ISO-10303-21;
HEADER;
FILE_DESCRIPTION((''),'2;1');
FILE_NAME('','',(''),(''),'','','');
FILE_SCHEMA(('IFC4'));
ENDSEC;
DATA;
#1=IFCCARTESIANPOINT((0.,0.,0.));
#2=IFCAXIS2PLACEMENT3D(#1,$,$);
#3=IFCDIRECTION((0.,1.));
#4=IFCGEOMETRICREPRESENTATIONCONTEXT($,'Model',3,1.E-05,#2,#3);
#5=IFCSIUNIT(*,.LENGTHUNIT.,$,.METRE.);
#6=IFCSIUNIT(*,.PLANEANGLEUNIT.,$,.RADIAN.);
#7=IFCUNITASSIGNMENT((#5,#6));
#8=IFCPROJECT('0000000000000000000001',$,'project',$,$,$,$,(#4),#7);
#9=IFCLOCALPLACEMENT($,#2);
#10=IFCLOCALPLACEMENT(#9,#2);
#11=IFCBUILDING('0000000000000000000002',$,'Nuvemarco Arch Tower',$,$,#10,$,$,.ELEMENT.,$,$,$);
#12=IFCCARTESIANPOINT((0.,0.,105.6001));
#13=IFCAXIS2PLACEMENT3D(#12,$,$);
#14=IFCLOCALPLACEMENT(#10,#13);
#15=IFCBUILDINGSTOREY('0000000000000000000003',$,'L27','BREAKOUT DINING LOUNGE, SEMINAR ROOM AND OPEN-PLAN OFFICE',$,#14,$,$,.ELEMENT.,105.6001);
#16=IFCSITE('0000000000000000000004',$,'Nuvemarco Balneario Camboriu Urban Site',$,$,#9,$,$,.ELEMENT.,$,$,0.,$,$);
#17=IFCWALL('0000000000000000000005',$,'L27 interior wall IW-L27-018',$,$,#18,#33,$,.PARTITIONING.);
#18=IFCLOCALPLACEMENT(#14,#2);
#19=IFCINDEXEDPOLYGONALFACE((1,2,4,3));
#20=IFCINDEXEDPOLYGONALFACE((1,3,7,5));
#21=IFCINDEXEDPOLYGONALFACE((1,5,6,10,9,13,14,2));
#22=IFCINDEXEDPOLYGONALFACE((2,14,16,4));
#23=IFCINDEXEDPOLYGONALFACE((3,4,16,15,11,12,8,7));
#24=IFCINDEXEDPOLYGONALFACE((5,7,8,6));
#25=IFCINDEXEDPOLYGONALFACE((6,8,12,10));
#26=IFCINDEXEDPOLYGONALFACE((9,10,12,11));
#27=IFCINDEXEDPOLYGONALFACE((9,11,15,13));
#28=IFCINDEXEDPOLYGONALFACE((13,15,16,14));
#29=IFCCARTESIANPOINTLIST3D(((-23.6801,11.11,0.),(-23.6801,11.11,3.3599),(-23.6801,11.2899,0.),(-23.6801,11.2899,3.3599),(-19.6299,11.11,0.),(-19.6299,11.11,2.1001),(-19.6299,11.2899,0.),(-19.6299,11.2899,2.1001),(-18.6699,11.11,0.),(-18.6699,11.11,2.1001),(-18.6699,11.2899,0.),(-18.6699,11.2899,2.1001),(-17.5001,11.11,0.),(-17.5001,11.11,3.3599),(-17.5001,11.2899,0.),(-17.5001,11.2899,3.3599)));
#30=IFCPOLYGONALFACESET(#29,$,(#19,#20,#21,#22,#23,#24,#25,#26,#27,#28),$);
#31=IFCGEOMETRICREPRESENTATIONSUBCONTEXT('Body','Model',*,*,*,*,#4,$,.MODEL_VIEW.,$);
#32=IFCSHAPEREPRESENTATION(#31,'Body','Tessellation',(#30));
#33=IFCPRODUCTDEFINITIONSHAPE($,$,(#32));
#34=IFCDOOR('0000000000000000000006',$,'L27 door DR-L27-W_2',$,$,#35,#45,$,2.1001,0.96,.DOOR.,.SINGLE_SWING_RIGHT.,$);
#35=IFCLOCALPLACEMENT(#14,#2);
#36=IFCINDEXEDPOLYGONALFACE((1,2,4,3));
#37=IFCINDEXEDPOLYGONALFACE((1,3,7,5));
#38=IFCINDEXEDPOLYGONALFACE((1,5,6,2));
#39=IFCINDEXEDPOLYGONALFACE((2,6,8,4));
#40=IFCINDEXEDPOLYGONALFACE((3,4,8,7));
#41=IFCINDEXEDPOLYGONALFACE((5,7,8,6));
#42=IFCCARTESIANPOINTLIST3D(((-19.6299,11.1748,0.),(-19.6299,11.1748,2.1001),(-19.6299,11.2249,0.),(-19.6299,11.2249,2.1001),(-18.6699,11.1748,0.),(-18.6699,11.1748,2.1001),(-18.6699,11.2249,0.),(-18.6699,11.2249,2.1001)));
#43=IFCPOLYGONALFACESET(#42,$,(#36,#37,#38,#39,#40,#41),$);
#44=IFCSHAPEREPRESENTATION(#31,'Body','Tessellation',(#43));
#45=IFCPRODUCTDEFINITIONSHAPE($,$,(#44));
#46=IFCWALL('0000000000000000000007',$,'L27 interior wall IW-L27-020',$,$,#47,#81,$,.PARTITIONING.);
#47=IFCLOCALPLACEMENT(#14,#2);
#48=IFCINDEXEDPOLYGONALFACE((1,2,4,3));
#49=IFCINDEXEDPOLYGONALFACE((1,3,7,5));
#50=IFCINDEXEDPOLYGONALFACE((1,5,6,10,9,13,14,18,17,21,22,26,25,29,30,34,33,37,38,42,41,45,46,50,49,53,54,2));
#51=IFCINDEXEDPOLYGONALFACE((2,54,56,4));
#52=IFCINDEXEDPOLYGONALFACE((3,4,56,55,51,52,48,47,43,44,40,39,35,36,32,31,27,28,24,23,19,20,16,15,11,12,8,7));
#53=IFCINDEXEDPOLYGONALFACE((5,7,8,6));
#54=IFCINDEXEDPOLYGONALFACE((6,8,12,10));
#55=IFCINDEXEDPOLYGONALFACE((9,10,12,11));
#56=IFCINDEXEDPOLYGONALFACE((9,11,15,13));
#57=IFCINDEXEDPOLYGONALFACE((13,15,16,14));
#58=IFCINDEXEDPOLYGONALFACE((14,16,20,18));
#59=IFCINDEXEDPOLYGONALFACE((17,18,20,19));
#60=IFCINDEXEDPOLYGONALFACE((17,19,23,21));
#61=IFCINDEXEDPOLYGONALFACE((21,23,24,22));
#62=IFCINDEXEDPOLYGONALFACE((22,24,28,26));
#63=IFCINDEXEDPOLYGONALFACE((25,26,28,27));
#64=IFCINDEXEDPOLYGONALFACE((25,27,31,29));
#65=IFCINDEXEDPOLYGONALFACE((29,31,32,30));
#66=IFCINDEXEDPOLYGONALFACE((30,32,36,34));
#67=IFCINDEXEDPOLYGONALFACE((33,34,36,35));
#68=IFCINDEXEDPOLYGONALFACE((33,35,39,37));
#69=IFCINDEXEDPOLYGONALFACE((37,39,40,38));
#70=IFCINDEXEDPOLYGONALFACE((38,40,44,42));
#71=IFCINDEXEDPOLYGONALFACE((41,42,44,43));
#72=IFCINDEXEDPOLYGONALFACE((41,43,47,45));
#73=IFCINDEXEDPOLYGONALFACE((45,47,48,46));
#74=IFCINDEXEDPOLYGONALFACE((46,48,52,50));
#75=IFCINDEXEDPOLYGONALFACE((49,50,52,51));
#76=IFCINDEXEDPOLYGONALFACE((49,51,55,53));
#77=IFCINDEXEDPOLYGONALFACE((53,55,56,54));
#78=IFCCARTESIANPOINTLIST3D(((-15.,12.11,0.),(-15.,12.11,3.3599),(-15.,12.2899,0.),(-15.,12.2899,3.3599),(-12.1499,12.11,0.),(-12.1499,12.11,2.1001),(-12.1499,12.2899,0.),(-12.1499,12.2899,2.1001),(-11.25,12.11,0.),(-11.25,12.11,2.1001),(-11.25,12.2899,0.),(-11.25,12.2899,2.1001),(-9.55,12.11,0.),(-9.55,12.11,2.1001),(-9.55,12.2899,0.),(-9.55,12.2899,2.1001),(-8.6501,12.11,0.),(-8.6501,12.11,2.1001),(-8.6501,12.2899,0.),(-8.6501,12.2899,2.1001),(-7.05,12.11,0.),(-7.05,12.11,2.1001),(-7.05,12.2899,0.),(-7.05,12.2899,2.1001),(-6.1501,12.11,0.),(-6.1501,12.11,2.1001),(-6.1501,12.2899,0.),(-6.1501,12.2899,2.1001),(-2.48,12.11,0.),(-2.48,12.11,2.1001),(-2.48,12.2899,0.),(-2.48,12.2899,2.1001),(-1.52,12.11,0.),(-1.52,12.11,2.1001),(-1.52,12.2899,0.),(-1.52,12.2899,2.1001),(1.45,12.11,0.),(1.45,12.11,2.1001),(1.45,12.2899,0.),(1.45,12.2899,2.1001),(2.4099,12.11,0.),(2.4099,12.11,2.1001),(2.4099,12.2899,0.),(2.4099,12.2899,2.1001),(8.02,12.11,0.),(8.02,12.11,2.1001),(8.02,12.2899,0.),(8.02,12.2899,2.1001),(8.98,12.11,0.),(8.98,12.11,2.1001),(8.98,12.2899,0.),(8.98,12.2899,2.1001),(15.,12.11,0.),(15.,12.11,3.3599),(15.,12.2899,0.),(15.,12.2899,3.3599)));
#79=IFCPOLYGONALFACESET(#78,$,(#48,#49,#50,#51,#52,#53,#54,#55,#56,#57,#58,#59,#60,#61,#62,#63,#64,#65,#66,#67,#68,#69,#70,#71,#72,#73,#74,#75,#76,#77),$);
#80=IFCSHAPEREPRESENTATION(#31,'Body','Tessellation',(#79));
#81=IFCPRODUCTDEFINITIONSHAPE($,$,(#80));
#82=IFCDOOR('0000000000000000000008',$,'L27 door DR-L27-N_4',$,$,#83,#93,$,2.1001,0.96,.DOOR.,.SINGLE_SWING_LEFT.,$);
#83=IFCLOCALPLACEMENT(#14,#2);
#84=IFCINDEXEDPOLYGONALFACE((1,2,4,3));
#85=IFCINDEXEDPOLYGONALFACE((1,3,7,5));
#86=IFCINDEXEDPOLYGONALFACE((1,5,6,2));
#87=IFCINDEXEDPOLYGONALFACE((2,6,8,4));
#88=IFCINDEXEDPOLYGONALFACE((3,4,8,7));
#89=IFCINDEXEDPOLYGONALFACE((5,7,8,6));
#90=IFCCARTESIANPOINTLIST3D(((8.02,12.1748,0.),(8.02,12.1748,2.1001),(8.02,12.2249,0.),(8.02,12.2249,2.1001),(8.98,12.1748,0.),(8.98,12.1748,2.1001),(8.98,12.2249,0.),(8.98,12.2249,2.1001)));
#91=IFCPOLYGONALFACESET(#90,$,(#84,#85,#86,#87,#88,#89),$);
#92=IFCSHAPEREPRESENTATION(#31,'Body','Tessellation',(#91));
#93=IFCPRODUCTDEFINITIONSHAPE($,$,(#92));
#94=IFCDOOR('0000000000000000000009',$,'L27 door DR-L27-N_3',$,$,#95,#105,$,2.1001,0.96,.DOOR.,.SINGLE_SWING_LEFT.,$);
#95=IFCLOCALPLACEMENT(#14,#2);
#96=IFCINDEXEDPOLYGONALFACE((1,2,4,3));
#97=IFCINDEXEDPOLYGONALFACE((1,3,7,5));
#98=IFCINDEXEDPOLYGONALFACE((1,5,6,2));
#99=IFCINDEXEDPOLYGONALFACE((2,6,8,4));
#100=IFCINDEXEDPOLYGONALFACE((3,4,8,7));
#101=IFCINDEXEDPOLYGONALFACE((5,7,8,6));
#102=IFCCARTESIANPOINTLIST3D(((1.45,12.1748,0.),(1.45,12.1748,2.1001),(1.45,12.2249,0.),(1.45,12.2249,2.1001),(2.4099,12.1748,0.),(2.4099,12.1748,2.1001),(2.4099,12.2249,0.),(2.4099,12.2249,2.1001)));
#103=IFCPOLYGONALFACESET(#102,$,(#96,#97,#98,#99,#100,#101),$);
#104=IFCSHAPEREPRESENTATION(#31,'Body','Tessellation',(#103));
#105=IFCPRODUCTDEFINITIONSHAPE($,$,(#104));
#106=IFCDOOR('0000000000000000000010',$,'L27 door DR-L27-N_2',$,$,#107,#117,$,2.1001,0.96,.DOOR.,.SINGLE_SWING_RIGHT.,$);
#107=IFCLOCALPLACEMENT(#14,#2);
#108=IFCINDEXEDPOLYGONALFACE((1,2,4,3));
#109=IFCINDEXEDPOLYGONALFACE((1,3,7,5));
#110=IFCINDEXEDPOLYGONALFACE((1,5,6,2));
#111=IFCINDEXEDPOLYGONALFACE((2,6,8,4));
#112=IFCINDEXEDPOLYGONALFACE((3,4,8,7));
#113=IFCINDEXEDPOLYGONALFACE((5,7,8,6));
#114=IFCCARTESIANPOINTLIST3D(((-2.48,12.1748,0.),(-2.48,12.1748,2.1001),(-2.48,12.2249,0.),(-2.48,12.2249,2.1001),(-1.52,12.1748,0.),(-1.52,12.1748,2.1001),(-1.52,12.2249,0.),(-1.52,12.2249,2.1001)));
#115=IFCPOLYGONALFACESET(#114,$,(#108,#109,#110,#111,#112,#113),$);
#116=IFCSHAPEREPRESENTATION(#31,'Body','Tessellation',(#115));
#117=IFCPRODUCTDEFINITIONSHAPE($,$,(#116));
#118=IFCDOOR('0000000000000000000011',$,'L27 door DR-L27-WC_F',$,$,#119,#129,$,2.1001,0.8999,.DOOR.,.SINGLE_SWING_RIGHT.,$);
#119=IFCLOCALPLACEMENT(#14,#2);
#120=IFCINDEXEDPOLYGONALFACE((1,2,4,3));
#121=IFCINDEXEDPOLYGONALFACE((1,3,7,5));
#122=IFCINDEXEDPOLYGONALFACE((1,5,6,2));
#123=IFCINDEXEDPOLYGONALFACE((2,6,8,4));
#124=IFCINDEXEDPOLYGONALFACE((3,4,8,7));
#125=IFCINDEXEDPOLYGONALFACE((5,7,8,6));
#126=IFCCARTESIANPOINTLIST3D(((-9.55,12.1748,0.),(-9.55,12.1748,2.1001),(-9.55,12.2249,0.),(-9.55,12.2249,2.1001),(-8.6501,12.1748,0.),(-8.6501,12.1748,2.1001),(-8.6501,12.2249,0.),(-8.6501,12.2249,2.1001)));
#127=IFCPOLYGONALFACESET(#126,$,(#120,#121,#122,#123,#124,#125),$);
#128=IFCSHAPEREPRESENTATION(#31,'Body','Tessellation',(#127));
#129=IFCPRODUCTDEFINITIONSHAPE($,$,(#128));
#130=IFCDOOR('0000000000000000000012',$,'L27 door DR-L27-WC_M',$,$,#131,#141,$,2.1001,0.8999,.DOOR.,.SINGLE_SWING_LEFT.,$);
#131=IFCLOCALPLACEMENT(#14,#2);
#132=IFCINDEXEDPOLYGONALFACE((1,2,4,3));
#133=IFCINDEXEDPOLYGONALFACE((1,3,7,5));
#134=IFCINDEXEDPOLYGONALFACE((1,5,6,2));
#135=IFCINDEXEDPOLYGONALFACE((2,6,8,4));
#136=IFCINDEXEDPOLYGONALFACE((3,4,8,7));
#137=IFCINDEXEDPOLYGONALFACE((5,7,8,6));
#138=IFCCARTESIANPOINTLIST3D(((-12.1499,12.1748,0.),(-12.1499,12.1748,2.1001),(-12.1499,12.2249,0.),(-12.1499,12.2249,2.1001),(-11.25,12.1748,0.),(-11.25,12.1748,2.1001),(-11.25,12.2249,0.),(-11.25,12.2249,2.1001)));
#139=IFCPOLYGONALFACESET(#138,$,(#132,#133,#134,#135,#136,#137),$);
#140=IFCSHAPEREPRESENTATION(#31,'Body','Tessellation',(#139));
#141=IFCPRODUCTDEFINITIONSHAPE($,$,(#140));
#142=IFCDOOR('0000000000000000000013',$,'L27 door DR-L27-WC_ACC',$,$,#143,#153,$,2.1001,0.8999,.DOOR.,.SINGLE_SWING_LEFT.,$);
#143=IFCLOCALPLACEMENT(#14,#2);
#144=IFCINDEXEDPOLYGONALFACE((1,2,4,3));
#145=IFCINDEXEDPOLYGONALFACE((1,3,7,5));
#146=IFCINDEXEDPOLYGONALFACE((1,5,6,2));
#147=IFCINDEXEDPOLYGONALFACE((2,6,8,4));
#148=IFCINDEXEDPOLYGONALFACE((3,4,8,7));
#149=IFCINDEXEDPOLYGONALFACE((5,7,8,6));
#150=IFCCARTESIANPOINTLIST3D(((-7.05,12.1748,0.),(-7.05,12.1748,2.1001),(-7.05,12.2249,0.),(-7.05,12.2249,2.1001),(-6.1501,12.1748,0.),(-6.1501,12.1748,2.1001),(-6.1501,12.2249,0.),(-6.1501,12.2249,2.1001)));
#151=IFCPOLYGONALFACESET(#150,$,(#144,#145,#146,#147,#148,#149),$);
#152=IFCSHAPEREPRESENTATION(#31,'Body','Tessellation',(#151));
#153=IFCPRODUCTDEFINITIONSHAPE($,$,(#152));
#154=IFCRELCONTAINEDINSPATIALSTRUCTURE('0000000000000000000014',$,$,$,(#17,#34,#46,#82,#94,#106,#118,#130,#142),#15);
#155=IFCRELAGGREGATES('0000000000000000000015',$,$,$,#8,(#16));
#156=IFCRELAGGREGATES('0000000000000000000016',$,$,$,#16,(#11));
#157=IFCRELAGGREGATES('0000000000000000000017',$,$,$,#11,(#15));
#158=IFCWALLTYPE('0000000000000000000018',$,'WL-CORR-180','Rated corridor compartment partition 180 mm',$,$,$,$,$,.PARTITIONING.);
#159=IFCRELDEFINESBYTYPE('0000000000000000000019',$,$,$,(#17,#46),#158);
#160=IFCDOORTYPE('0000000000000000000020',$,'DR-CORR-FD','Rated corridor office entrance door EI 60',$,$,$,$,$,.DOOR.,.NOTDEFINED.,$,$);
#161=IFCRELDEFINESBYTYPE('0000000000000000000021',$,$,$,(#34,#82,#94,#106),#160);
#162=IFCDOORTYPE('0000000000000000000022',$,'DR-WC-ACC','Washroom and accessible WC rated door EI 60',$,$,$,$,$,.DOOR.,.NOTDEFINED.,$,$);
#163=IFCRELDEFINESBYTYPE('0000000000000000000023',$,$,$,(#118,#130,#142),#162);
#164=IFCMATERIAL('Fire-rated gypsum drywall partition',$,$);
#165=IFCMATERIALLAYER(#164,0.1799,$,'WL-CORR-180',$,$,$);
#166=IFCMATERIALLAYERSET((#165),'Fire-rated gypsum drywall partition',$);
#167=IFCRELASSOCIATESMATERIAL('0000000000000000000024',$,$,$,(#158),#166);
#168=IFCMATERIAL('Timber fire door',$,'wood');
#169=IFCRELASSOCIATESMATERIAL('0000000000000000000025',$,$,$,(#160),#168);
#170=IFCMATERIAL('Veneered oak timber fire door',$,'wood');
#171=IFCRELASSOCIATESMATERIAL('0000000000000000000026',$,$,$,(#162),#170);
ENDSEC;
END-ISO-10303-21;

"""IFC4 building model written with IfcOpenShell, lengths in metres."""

from ifc_helpers import new_model, si_unit, direction, frame, frame_2d, origin, place, context, subcontext, project, spatial, rectangle, extrude, source, transform, mapped, material, layer, layer_set, type_object, type_shapes, element, fill, save


model = new_model("IFC4")

# Units and contexts
model_context = context("Model", 3, precision=1e-05, world=origin(), true_north=direction((0.0, 1.0)))
body_context = subcontext(model_context, "Body", "Model", "MODEL_VIEW")
ifc_project = project(units=[si_unit("LENGTHUNIT", "METRE"), si_unit("PLANEANGLEUNIT", "RADIAN")], contexts=[model_context])

# Site, building, storey
site_placement = place(None, origin())
site = spatial("IfcSite", under=ifc_project, at=site_placement, Name="Nuvemarco Balneario Camboriu Urban Site", CompositionType="ELEMENT", RefElevation=0.0)
building_placement = place(site_placement, origin())
building = spatial("IfcBuilding", under=site, at=building_placement, Name="Nuvemarco Arch Tower", CompositionType="ELEMENT")
storey_placement = place(building_placement, frame((0.0, 0.0, 105.6001)))
storey = spatial("IfcBuildingStorey", under=building, at=storey_placement, Name="L27", Description="BREAKOUT DINING LOUNGE, SEMINAR ROOM AND OPEN-PLAN OFFICE", CompositionType="ELEMENT", Elevation=105.6001)

# Wall, opening, door
ifc_material_1 = material(Name="Fire-rated gypsum drywall partition")
ifc_layer = layer(ifc_material_1, 0.1799, Name="WL-CORR-180")
ifc_layer_set = layer_set([ifc_layer], Name="Fire-rated gypsum drywall partition")
wall_type = type_object("IfcWallType", Name="WL-CORR-180", Description="Rated corridor compartment partition 180 mm", PredefinedType="PARTITIONING", material=ifc_layer_set)
wall_1_placement = place(storey_placement, frame((-23.6799, 11.2, 0.0), z_axis=(0.0, 0.0, 1.0), x_axis=(1.0, 0.0, 0.0)))
wall_1 = element("IfcWall", 1, at=wall_1_placement, inside=storey, type_object=wall_type, Name="L27 interior wall IW-L27-018", PredefinedType="PARTITIONING", context=body_context, shape_type="SweptSolid", body=[
    extrude(rectangle(XDim=6.1799, YDim=0.1799, at=frame_2d((3.0898, 0.0))), origin(), (0.0, 0.0, 1.0), 3.3599),
])
opening_1_placement = place(wall_1_placement, frame((4.05, 0.0, 0.0)))
opening_1 = element("IfcOpeningElement", 2, at=opening_1_placement, cuts=wall_1, PredefinedType="OPENING", context=body_context, shape_type="SweptSolid", body=[
    extrude(rectangle(XDim=0.96, YDim=2.1001, at=frame_2d((0.48, 1.05))), frame((0.0, 0.0999, 0.0), z_axis=(0.0, -1.0, 0.0), x_axis=(1.0, 0.0, 0.0)), (0.0, 0.0, 1.0), 0.2),
])
ifc_material_2 = material(Name="Timber fire door", Category="wood")
door_type_1 = type_object("IfcDoorType", Name="DR-CORR-FD", Description="Rated corridor office entrance door EI 60", OperationType="NOTDEFINED", PredefinedType="DOOR", material=ifc_material_2)
shared_shape_1 = source(origin(), body_context, "Body", "SweptSolid", [
    extrude(rectangle(XDim=0.96, YDim=2.1001, at=frame_2d((0.48, 1.05))), frame((0.0, 0.0249, 0.0), z_axis=(0.0, -1.0, 0.0), x_axis=(1.0, 0.0, 0.0)), (0.0, 0.0, 1.0), 0.05),
])
type_shapes(door_type_1, [shared_shape_1])
door_1_placement = place(opening_1_placement, origin())
door_1 = element("IfcDoor", 3, at=door_1_placement, inside=storey, type_object=door_type_1, Name="L27 door DR-L27-W_2", OperationType="SINGLE_SWING_RIGHT", OverallHeight=2.1001, OverallWidth=0.96, PredefinedType="DOOR", context=body_context, shape_type="MappedRepresentation", body=[
    mapped(shared_shape_1, transform((0.0, 0.0, 0.0), scale=1.0)),
])
fill(opening_1, door_1)

# Wall, openings, doors
wall_2_placement = place(storey_placement, frame((-15.0, 12.2, 0.0), z_axis=(0.0, 0.0, 1.0), x_axis=(1.0, 0.0, 0.0)))
wall_2 = element("IfcWall", 4, at=wall_2_placement, inside=storey, type_object=wall_type, Name="L27 interior wall IW-L27-020", PredefinedType="PARTITIONING", context=body_context, shape_type="SweptSolid", body=[
    extrude(rectangle(XDim=30.0, YDim=0.1799, at=frame_2d((15.0, 0.0))), origin(), (0.0, 0.0, 1.0), 3.3599),
])
opening_2_placement = place(wall_2_placement, frame((23.02, 0.0, 0.0)))
opening_2 = element("IfcOpeningElement", 5, at=opening_2_placement, cuts=wall_2, PredefinedType="OPENING", context=body_context, shape_type="SweptSolid", body=[
    extrude(rectangle(XDim=0.96, YDim=2.1001, at=frame_2d((0.48, 1.05))), frame((0.0, 0.0999, 0.0), z_axis=(0.0, -1.0, 0.0), x_axis=(1.0, 0.0, 0.0)), (0.0, 0.0, 1.0), 0.2),
])
opening_3_placement = place(wall_2_placement, frame((16.45, 0.0, 0.0)))
opening_3 = element("IfcOpeningElement", 6, at=opening_3_placement, cuts=wall_2, PredefinedType="OPENING", context=body_context, shape_type="SweptSolid", body=[
    extrude(rectangle(XDim=0.96, YDim=2.1001, at=frame_2d((0.48, 1.05))), frame((0.0, 0.0999, 0.0), z_axis=(0.0, -1.0, 0.0), x_axis=(1.0, 0.0, 0.0)), (0.0, 0.0, 1.0), 0.2),
])
opening_4_placement = place(wall_2_placement, frame((5.45, 0.0, 0.0)))
opening_4 = element("IfcOpeningElement", 7, at=opening_4_placement, cuts=wall_2, PredefinedType="OPENING", context=body_context, shape_type="SweptSolid", body=[
    extrude(rectangle(XDim=0.8999, YDim=2.1001, at=frame_2d((0.45, 1.05))), frame((0.0, 0.0999, 0.0), z_axis=(0.0, -1.0, 0.0), x_axis=(1.0, 0.0, 0.0)), (0.0, 0.0, 1.0), 0.2),
])
opening_5_placement = place(wall_2_placement, frame((2.8501, 0.0, 0.0)))
opening_5 = element("IfcOpeningElement", 8, at=opening_5_placement, cuts=wall_2, PredefinedType="OPENING", context=body_context, shape_type="SweptSolid", body=[
    extrude(rectangle(XDim=0.8999, YDim=2.1001, at=frame_2d((0.45, 1.05))), frame((0.0, 0.0999, 0.0), z_axis=(0.0, -1.0, 0.0), x_axis=(1.0, 0.0, 0.0)), (0.0, 0.0, 1.0), 0.2),
])
opening_6_placement = place(wall_2_placement, frame((12.52, 0.0, 0.0)))
opening_6 = element("IfcOpeningElement", 9, at=opening_6_placement, cuts=wall_2, PredefinedType="OPENING", context=body_context, shape_type="SweptSolid", body=[
    extrude(rectangle(XDim=0.96, YDim=2.1001, at=frame_2d((0.48, 1.05))), frame((0.0, 0.0999, 0.0), z_axis=(0.0, -1.0, 0.0), x_axis=(1.0, 0.0, 0.0)), (0.0, 0.0, 1.0), 0.2),
])
opening_7_placement = place(wall_2_placement, frame((7.95, 0.0, 0.0)))
opening_7 = element("IfcOpeningElement", 10, at=opening_7_placement, cuts=wall_2, PredefinedType="OPENING", context=body_context, shape_type="SweptSolid", body=[
    extrude(rectangle(XDim=0.8999, YDim=2.1001, at=frame_2d((0.45, 1.05))), frame((0.0, 0.0999, 0.0), z_axis=(0.0, -1.0, 0.0), x_axis=(1.0, 0.0, 0.0)), (0.0, 0.0, 1.0), 0.2),
])
door_2_placement = place(opening_2_placement, origin())
door_2 = element("IfcDoor", 11, at=door_2_placement, inside=storey, type_object=door_type_1, Name="L27 door DR-L27-N_4", OperationType="SINGLE_SWING_LEFT", OverallHeight=2.1001, OverallWidth=0.96, PredefinedType="DOOR", context=body_context, shape_type="MappedRepresentation", body=[
    mapped(shared_shape_1, transform((0.0, 0.0, 0.0), scale=1.0)),
])
fill(opening_2, door_2)
door_3_placement = place(opening_3_placement, origin())
door_3 = element("IfcDoor", 12, at=door_3_placement, inside=storey, type_object=door_type_1, Name="L27 door DR-L27-N_3", OperationType="SINGLE_SWING_LEFT", OverallHeight=2.1001, OverallWidth=0.96, PredefinedType="DOOR", context=body_context, shape_type="MappedRepresentation", body=[
    mapped(shared_shape_1, transform((0.0, 0.0, 0.0), scale=1.0)),
])
fill(opening_3, door_3)
door_4_placement = place(opening_6_placement, origin())
door_4 = element("IfcDoor", 13, at=door_4_placement, inside=storey, type_object=door_type_1, Name="L27 door DR-L27-N_2", OperationType="SINGLE_SWING_RIGHT", OverallHeight=2.1001, OverallWidth=0.96, PredefinedType="DOOR", context=body_context, shape_type="MappedRepresentation", body=[
    mapped(shared_shape_1, transform((0.0, 0.0, 0.0), scale=1.0)),
])
fill(opening_6, door_4)
ifc_material_3 = material(Name="Veneered oak timber fire door", Category="wood")
door_type_2 = type_object("IfcDoorType", Name="DR-WC-ACC", Description="Washroom and accessible WC rated door EI 60", OperationType="NOTDEFINED", PredefinedType="DOOR", material=ifc_material_3)
shared_shape_2 = source(origin(), body_context, "Body", "SweptSolid", [
    extrude(rectangle(XDim=0.8999, YDim=2.1001, at=frame_2d((0.45, 1.05))), frame((0.0, 0.0249, 0.0), z_axis=(0.0, -1.0, 0.0), x_axis=(1.0, 0.0, 0.0)), (0.0, 0.0, 1.0), 0.05),
])
type_shapes(door_type_2, [shared_shape_2])
door_5_placement = place(opening_4_placement, origin())
door_5 = element("IfcDoor", 14, at=door_5_placement, inside=storey, type_object=door_type_2, Name="L27 door DR-L27-WC_F", OperationType="SINGLE_SWING_RIGHT", OverallHeight=2.1001, OverallWidth=0.8999, PredefinedType="DOOR", context=body_context, shape_type="MappedRepresentation", body=[
    mapped(shared_shape_2, transform((0.0, 0.0, 0.0), scale=1.0)),
])
fill(opening_4, door_5)
door_6_placement = place(opening_5_placement, origin())
door_6 = element("IfcDoor", 15, at=door_6_placement, inside=storey, type_object=door_type_2, Name="L27 door DR-L27-WC_M", OperationType="SINGLE_SWING_LEFT", OverallHeight=2.1001, OverallWidth=0.8999, PredefinedType="DOOR", context=body_context, shape_type="MappedRepresentation", body=[
    mapped(shared_shape_2, transform((0.0, 0.0, 0.0), scale=1.0)),
])
fill(opening_5, door_6)
door_7_placement = place(opening_7_placement, origin())
door_7 = element("IfcDoor", 16, at=door_7_placement, inside=storey, type_object=door_type_2, Name="L27 door DR-L27-WC_ACC", OperationType="SINGLE_SWING_LEFT", OverallHeight=2.1001, OverallWidth=0.8999, PredefinedType="DOOR", context=body_context, shape_type="MappedRepresentation", body=[
    mapped(shared_shape_2, transform((0.0, 0.0, 0.0), scale=1.0)),
])
fill(opening_7, door_7)

save(model, "model.ifc")
